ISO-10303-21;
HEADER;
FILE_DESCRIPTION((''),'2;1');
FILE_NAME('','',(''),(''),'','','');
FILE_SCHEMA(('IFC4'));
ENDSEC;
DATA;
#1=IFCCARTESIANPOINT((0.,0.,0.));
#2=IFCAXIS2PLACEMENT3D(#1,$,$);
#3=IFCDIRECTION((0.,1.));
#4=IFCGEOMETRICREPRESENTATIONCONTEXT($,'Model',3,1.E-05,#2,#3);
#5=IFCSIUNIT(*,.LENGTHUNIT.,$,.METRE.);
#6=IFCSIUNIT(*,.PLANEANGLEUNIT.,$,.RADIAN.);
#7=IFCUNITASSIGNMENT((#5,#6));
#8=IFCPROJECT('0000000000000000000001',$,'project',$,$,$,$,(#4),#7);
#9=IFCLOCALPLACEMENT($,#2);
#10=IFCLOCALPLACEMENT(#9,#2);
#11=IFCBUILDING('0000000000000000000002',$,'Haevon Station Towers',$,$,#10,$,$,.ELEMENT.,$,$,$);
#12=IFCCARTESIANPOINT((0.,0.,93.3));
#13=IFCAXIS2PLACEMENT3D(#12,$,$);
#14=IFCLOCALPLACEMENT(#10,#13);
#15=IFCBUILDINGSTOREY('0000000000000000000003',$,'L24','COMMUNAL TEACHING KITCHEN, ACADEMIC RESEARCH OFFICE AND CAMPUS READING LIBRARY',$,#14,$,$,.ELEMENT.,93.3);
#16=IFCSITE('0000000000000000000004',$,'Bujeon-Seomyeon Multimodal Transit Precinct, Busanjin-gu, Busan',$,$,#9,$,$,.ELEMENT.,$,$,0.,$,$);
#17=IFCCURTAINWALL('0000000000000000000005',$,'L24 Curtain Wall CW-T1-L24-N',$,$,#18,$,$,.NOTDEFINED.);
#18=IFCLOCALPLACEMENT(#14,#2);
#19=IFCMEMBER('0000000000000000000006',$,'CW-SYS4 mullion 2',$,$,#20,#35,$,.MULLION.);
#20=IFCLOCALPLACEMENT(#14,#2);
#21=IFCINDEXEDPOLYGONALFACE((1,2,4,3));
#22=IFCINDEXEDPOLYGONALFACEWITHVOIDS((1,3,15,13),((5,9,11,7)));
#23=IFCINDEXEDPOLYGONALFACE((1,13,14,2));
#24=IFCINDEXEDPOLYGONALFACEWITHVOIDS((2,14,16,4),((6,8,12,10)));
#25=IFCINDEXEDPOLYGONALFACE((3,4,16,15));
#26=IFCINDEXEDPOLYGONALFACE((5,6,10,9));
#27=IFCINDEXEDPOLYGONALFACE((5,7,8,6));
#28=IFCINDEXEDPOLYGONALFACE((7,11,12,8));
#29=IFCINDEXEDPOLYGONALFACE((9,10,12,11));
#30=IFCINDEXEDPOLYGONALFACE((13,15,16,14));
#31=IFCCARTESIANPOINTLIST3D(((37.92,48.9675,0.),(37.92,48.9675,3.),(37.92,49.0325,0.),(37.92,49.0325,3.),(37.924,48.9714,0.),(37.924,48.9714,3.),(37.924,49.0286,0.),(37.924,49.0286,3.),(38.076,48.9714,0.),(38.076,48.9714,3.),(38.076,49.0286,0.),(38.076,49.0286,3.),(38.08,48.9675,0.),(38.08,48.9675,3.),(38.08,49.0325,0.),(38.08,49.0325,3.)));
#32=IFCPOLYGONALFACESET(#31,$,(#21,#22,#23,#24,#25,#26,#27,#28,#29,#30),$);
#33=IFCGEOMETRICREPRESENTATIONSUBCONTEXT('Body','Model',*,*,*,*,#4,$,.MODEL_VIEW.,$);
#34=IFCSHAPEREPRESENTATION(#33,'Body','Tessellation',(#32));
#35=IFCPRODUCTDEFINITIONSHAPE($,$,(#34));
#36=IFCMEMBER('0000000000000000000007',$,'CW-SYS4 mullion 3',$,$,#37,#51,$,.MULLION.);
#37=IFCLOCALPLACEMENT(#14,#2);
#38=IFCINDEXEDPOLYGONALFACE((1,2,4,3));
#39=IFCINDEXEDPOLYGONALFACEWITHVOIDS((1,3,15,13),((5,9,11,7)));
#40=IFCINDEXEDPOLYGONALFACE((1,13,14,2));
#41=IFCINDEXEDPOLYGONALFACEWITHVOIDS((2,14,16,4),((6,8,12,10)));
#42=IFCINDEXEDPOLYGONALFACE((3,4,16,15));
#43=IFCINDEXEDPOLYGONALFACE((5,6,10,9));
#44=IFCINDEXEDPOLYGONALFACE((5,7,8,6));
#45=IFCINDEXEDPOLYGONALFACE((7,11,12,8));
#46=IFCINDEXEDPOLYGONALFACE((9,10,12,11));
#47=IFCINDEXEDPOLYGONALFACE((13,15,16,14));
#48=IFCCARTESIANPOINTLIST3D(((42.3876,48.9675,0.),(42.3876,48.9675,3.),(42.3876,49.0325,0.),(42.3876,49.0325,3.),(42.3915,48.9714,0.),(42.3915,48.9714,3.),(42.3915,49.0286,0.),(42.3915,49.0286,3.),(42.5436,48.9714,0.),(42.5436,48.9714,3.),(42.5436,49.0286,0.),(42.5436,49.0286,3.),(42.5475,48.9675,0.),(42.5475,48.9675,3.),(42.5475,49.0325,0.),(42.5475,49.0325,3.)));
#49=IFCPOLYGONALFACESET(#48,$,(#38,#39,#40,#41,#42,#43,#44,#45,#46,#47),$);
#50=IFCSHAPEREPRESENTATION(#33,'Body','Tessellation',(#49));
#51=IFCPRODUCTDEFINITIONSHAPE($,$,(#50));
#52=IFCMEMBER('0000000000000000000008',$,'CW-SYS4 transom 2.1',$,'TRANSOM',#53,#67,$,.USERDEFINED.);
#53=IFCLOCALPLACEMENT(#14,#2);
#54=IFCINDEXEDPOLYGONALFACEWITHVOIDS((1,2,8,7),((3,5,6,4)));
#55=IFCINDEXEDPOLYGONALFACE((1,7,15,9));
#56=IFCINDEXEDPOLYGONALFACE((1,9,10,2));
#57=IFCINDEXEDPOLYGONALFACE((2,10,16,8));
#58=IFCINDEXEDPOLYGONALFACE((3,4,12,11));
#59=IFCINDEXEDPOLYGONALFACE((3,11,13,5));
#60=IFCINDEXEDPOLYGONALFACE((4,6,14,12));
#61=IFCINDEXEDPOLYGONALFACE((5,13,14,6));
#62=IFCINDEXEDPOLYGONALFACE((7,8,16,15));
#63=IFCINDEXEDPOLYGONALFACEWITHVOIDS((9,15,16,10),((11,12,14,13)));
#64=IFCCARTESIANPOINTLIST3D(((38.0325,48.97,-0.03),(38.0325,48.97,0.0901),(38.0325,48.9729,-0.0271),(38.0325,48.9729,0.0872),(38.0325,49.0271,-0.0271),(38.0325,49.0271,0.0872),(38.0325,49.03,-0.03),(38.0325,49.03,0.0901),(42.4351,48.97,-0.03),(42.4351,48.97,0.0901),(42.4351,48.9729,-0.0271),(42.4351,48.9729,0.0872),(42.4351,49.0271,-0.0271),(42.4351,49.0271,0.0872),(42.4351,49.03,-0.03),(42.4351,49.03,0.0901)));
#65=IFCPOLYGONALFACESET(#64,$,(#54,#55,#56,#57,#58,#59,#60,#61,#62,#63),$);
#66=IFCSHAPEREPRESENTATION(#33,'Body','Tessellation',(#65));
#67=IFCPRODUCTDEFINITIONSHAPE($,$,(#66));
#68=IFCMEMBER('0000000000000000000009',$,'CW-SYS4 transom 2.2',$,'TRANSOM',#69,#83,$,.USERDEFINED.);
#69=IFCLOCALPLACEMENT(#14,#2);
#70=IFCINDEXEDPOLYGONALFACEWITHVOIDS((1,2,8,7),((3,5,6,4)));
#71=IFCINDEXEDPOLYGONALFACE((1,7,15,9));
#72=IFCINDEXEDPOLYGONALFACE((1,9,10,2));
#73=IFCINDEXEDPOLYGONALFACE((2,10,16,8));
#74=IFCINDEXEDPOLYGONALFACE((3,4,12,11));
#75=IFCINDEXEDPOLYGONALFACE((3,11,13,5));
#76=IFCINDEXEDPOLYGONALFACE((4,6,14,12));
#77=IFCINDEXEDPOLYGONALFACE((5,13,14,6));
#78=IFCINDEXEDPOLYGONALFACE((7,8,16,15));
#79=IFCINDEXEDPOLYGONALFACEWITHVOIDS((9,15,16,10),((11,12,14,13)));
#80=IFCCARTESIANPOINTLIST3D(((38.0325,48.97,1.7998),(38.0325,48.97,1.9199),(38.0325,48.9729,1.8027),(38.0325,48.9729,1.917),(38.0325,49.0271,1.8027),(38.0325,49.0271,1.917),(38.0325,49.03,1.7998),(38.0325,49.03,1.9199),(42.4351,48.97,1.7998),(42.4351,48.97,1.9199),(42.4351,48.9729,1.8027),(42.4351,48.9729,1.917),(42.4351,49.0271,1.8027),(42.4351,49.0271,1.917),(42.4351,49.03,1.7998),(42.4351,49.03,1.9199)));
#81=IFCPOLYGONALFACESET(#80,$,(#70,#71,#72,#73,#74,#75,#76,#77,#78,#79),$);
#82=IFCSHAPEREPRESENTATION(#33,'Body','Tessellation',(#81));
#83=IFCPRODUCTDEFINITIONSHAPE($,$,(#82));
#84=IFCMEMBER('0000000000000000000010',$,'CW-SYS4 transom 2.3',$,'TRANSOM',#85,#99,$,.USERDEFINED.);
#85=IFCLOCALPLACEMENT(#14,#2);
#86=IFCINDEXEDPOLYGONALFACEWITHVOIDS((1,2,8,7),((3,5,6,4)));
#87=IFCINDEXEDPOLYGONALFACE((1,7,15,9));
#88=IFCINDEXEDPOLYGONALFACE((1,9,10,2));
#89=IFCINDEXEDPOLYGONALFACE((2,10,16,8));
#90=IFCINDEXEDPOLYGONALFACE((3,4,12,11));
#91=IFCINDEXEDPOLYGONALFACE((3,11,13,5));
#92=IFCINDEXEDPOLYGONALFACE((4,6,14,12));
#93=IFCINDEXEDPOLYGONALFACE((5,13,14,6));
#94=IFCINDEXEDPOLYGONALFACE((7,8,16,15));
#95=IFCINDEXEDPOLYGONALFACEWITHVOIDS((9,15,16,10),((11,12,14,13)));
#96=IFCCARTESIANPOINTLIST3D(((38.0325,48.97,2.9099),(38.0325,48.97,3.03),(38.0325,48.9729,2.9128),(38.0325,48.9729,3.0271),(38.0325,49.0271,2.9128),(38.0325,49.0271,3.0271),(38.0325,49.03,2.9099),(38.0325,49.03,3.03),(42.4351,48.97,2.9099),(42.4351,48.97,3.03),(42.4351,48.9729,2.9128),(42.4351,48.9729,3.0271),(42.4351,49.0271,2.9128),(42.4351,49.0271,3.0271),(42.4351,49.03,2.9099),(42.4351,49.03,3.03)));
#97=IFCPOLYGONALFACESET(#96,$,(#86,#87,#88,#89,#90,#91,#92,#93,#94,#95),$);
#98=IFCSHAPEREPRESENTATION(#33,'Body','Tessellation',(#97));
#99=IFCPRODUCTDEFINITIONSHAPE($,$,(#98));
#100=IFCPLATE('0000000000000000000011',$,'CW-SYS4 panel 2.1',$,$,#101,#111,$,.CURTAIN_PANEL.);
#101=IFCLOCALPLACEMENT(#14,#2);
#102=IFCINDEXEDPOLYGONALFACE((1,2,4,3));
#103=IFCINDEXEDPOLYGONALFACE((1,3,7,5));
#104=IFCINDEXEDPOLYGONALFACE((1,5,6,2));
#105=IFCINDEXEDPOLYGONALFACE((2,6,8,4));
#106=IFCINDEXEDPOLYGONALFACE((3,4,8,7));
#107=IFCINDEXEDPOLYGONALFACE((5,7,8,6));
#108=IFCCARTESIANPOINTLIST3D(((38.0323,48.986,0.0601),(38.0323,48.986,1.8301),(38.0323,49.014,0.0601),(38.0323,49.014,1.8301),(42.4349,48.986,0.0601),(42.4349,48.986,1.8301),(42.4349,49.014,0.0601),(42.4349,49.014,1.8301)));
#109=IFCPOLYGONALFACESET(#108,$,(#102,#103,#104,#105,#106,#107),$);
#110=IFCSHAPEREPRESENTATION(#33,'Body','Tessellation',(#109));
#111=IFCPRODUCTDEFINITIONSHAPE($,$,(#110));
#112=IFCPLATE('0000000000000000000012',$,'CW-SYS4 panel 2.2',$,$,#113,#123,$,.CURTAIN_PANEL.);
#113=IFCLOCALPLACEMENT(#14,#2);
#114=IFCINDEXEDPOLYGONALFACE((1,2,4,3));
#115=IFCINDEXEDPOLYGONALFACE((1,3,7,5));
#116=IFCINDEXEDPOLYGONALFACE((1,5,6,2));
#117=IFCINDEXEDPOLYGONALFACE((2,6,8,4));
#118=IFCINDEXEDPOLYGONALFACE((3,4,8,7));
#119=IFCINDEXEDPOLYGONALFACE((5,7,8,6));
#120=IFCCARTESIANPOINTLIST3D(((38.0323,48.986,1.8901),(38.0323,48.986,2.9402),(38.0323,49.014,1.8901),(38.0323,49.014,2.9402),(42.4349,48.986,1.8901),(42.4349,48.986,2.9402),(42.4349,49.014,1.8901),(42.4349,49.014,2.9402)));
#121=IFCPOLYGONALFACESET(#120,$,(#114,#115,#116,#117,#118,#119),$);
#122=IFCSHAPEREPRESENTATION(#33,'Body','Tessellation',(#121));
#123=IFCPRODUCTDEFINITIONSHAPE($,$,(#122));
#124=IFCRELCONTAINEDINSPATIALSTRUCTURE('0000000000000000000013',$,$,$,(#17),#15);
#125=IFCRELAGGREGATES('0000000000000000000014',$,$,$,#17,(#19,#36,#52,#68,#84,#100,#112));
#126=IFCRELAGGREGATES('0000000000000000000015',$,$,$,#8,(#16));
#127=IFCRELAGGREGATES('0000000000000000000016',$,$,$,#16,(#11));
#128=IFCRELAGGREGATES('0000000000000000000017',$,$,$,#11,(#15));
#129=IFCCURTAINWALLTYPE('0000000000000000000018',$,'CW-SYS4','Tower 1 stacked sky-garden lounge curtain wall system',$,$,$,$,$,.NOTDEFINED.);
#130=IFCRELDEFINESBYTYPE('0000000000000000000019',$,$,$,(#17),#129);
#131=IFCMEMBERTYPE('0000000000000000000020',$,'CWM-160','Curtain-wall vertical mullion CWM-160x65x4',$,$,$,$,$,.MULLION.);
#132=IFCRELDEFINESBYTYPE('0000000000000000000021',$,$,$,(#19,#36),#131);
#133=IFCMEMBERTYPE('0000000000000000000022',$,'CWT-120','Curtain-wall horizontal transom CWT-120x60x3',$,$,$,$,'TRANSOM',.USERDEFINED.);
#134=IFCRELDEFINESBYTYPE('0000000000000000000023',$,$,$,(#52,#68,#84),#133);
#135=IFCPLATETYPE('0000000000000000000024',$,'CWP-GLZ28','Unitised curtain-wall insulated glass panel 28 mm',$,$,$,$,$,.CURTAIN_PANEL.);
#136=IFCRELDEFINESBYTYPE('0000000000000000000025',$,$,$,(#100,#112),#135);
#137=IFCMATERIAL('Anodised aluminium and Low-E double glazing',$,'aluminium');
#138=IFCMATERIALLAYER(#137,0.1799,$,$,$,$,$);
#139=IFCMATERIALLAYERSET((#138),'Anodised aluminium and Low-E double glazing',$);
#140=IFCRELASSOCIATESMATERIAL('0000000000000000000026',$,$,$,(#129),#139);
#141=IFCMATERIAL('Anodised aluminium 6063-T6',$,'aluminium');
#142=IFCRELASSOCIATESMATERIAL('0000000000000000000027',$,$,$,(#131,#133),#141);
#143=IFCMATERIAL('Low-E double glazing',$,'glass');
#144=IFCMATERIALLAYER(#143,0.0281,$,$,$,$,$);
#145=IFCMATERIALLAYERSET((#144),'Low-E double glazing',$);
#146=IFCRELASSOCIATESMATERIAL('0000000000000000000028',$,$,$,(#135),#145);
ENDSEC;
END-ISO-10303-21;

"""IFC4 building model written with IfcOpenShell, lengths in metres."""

from ifc_helpers import new_model, si_unit, direction, frame, origin, origin_2d, place, context, subcontext, project, spatial, rectangle, hollow_rectangle, extrude, material, layer, layer_set, material_profile, profile_set, type_object, element, aggregate, save


model = new_model("IFC4")

# Units and contexts
model_context = context("Model", 3, precision=1e-05, world=origin(), true_north=direction((0.0, 1.0)))
body_context = subcontext(model_context, "Body", "Model", "MODEL_VIEW")
ifc_project = project(units=[si_unit("LENGTHUNIT", "METRE"), si_unit("PLANEANGLEUNIT", "RADIAN")], contexts=[model_context])

# Site, building, storey
site_placement = place(None, origin())
site = spatial("IfcSite", under=ifc_project, at=site_placement, Name="Bujeon-Seomyeon Multimodal Transit Precinct, Busanjin-gu, Busan", CompositionType="ELEMENT", RefElevation=0.0)
building_placement = place(site_placement, origin())
building = spatial("IfcBuilding", under=site, at=building_placement, Name="Haevon Station Towers", CompositionType="ELEMENT")
storey_placement = place(building_placement, frame((0.0, 0.0, 93.3)))
storey = spatial("IfcBuildingStorey", under=building, at=storey_placement, Name="L24", Description="COMMUNAL TEACHING KITCHEN, ACADEMIC RESEARCH OFFICE AND CAMPUS READING LIBRARY", CompositionType="ELEMENT", Elevation=93.3)

# Curtain wall, members, plates
ifc_material_1 = material(Name="Anodised aluminium and Low-E double glazing", Category="aluminium")
ifc_layer_1 = layer(ifc_material_1, 0.1799)
ifc_layer_set_1 = layer_set([ifc_layer_1], Name="Anodised aluminium and Low-E double glazing")
curtain_wall_type = type_object("IfcCurtainWallType", Name="CW-SYS4", Description="Tower 1 stacked sky-garden lounge curtain wall system", PredefinedType="NOTDEFINED", material=ifc_layer_set_1)
curtain_wall_placement = place(storey_placement, origin())
curtain_wall = element("IfcCurtainWall", 1, at=curtain_wall_placement, inside=storey, type_object=curtain_wall_type, Name="L24 Curtain Wall CW-T1-L24-N", PredefinedType="NOTDEFINED")
ifc_material_2 = material(Name="Anodised aluminium 6063-T6", Category="aluminium")
ifc_material_profile_1 = material_profile(ifc_material_2, hollow_rectangle(XDim=0.0649, YDim=0.1599, WallThickness=0.0039, at=origin_2d()), Name="CWM-160x65x4")
ifc_profile_set_1 = profile_set([ifc_material_profile_1], Name="Anodised aluminium 6063-T6")
member_type_1 = type_object("IfcMemberType", Name="CWM-160", Description="Curtain-wall vertical mullion CWM-160x65x4", PredefinedType="MULLION", material=ifc_profile_set_1)
member_1_placement = place(storey_placement, frame((38.0, 49.0, 0.0), z_axis=(0.0, 0.0, 1.0), x_axis=(0.0, 1.0, 0.0)))
member_1 = element("IfcMember", 2, at=member_1_placement, type_object=member_type_1, Name="CW-SYS4 mullion 2", PredefinedType="MULLION", context=body_context, shape_type="SweptSolid", body=[
    extrude(hollow_rectangle(XDim=0.0649, YDim=0.1599, WallThickness=0.0039, at=origin_2d()), origin(), (0.0, 0.0, 1.0), 3.0),
])
member_2_placement = place(storey_placement, frame((42.4675, 49.0, 0.0), z_axis=(0.0, 0.0, 1.0), x_axis=(0.0, 1.0, 0.0)))
member_2 = element("IfcMember", 3, at=member_2_placement, type_object=member_type_1, Name="CW-SYS4 mullion 3", PredefinedType="MULLION", context=body_context, shape_type="SweptSolid", body=[
    extrude(hollow_rectangle(XDim=0.0649, YDim=0.1599, WallThickness=0.0039, at=origin_2d()), origin(), (0.0, 0.0, 1.0), 3.0),
])
ifc_material_profile_2 = material_profile(ifc_material_2, hollow_rectangle(XDim=0.0601, YDim=0.1201, WallThickness=0.0029, at=origin_2d()), Name="CWT-120x60x3")
ifc_profile_set_2 = profile_set([ifc_material_profile_2], Name="Anodised aluminium 6063-T6")
member_type_2 = type_object("IfcMemberType", Name="CWT-120", Description="Curtain-wall horizontal transom CWT-120x60x3", ElementType="TRANSOM", PredefinedType="USERDEFINED", material=ifc_profile_set_2)
member_3_placement = place(storey_placement, frame((38.0325, 49.0, 0.03), z_axis=(1.0, 0.0, 0.0), x_axis=(0.0, 1.0, 0.0)))
member_3 = element("IfcMember", 4, at=member_3_placement, type_object=member_type_2, Name="CW-SYS4 transom 2.1", ObjectType="TRANSOM", PredefinedType="USERDEFINED", context=body_context, shape_type="SweptSolid", body=[
    extrude(hollow_rectangle(XDim=0.0601, YDim=0.1201, WallThickness=0.0029, at=origin_2d()), origin(), (0.0, 0.0, 1.0), 4.4026),
])
member_4_placement = place(storey_placement, frame((38.0325, 49.0, 1.8599), z_axis=(1.0, 0.0, 0.0), x_axis=(0.0, 1.0, 0.0)))
member_4 = element("IfcMember", 5, at=member_4_placement, type_object=member_type_2, Name="CW-SYS4 transom 2.2", ObjectType="TRANSOM", PredefinedType="USERDEFINED", context=body_context, shape_type="SweptSolid", body=[
    extrude(hollow_rectangle(XDim=0.0601, YDim=0.1201, WallThickness=0.0029, at=origin_2d()), origin(), (0.0, 0.0, 1.0), 4.4026),
])
member_5_placement = place(storey_placement, frame((38.0325, 49.0, 2.97), z_axis=(1.0, 0.0, 0.0), x_axis=(0.0, 1.0, 0.0)))
member_5 = element("IfcMember", 6, at=member_5_placement, type_object=member_type_2, Name="CW-SYS4 transom 2.3", ObjectType="TRANSOM", PredefinedType="USERDEFINED", context=body_context, shape_type="SweptSolid", body=[
    extrude(hollow_rectangle(XDim=0.0601, YDim=0.1201, WallThickness=0.0029, at=origin_2d()), origin(), (0.0, 0.0, 1.0), 4.4026),
])
ifc_material_3 = material(Name="Low-E double glazing", Category="glass")
ifc_layer_2 = layer(ifc_material_3, 0.0281)
ifc_layer_set_2 = layer_set([ifc_layer_2], Name="Low-E double glazing")
plate_type = type_object("IfcPlateType", Name="CWP-GLZ28", Description="Unitised curtain-wall insulated glass panel 28 mm", PredefinedType="CURTAIN_PANEL", material=ifc_layer_set_2)
plate_1_placement = place(storey_placement, frame((40.2336, 49.0, 0.0601), z_axis=(0.0, 0.0, 1.0), x_axis=(1.0, 0.0, 0.0)))
plate_1 = element("IfcPlate", 7, at=plate_1_placement, type_object=plate_type, Name="CW-SYS4 panel 2.1", PredefinedType="CURTAIN_PANEL", context=body_context, shape_type="SweptSolid", body=[
    extrude(rectangle(XDim=4.4026, YDim=0.0281, at=origin_2d()), origin(), (0.0, 0.0, 1.0), 1.77),
])
plate_2_placement = place(storey_placement, frame((40.2336, 49.0, 1.8901), z_axis=(0.0, 0.0, 1.0), x_axis=(1.0, 0.0, 0.0)))
plate_2 = element("IfcPlate", 8, at=plate_2_placement, type_object=plate_type, Name="CW-SYS4 panel 2.2", PredefinedType="CURTAIN_PANEL", context=body_context, shape_type="SweptSolid", body=[
    extrude(rectangle(XDim=4.4026, YDim=0.0281, at=origin_2d()), origin(), (0.0, 0.0, 1.0), 1.05),
])
aggregate(curtain_wall, [member_1, member_2, member_3, member_4, member_5, plate_1, plate_2])

save(model, "model.ifc")
